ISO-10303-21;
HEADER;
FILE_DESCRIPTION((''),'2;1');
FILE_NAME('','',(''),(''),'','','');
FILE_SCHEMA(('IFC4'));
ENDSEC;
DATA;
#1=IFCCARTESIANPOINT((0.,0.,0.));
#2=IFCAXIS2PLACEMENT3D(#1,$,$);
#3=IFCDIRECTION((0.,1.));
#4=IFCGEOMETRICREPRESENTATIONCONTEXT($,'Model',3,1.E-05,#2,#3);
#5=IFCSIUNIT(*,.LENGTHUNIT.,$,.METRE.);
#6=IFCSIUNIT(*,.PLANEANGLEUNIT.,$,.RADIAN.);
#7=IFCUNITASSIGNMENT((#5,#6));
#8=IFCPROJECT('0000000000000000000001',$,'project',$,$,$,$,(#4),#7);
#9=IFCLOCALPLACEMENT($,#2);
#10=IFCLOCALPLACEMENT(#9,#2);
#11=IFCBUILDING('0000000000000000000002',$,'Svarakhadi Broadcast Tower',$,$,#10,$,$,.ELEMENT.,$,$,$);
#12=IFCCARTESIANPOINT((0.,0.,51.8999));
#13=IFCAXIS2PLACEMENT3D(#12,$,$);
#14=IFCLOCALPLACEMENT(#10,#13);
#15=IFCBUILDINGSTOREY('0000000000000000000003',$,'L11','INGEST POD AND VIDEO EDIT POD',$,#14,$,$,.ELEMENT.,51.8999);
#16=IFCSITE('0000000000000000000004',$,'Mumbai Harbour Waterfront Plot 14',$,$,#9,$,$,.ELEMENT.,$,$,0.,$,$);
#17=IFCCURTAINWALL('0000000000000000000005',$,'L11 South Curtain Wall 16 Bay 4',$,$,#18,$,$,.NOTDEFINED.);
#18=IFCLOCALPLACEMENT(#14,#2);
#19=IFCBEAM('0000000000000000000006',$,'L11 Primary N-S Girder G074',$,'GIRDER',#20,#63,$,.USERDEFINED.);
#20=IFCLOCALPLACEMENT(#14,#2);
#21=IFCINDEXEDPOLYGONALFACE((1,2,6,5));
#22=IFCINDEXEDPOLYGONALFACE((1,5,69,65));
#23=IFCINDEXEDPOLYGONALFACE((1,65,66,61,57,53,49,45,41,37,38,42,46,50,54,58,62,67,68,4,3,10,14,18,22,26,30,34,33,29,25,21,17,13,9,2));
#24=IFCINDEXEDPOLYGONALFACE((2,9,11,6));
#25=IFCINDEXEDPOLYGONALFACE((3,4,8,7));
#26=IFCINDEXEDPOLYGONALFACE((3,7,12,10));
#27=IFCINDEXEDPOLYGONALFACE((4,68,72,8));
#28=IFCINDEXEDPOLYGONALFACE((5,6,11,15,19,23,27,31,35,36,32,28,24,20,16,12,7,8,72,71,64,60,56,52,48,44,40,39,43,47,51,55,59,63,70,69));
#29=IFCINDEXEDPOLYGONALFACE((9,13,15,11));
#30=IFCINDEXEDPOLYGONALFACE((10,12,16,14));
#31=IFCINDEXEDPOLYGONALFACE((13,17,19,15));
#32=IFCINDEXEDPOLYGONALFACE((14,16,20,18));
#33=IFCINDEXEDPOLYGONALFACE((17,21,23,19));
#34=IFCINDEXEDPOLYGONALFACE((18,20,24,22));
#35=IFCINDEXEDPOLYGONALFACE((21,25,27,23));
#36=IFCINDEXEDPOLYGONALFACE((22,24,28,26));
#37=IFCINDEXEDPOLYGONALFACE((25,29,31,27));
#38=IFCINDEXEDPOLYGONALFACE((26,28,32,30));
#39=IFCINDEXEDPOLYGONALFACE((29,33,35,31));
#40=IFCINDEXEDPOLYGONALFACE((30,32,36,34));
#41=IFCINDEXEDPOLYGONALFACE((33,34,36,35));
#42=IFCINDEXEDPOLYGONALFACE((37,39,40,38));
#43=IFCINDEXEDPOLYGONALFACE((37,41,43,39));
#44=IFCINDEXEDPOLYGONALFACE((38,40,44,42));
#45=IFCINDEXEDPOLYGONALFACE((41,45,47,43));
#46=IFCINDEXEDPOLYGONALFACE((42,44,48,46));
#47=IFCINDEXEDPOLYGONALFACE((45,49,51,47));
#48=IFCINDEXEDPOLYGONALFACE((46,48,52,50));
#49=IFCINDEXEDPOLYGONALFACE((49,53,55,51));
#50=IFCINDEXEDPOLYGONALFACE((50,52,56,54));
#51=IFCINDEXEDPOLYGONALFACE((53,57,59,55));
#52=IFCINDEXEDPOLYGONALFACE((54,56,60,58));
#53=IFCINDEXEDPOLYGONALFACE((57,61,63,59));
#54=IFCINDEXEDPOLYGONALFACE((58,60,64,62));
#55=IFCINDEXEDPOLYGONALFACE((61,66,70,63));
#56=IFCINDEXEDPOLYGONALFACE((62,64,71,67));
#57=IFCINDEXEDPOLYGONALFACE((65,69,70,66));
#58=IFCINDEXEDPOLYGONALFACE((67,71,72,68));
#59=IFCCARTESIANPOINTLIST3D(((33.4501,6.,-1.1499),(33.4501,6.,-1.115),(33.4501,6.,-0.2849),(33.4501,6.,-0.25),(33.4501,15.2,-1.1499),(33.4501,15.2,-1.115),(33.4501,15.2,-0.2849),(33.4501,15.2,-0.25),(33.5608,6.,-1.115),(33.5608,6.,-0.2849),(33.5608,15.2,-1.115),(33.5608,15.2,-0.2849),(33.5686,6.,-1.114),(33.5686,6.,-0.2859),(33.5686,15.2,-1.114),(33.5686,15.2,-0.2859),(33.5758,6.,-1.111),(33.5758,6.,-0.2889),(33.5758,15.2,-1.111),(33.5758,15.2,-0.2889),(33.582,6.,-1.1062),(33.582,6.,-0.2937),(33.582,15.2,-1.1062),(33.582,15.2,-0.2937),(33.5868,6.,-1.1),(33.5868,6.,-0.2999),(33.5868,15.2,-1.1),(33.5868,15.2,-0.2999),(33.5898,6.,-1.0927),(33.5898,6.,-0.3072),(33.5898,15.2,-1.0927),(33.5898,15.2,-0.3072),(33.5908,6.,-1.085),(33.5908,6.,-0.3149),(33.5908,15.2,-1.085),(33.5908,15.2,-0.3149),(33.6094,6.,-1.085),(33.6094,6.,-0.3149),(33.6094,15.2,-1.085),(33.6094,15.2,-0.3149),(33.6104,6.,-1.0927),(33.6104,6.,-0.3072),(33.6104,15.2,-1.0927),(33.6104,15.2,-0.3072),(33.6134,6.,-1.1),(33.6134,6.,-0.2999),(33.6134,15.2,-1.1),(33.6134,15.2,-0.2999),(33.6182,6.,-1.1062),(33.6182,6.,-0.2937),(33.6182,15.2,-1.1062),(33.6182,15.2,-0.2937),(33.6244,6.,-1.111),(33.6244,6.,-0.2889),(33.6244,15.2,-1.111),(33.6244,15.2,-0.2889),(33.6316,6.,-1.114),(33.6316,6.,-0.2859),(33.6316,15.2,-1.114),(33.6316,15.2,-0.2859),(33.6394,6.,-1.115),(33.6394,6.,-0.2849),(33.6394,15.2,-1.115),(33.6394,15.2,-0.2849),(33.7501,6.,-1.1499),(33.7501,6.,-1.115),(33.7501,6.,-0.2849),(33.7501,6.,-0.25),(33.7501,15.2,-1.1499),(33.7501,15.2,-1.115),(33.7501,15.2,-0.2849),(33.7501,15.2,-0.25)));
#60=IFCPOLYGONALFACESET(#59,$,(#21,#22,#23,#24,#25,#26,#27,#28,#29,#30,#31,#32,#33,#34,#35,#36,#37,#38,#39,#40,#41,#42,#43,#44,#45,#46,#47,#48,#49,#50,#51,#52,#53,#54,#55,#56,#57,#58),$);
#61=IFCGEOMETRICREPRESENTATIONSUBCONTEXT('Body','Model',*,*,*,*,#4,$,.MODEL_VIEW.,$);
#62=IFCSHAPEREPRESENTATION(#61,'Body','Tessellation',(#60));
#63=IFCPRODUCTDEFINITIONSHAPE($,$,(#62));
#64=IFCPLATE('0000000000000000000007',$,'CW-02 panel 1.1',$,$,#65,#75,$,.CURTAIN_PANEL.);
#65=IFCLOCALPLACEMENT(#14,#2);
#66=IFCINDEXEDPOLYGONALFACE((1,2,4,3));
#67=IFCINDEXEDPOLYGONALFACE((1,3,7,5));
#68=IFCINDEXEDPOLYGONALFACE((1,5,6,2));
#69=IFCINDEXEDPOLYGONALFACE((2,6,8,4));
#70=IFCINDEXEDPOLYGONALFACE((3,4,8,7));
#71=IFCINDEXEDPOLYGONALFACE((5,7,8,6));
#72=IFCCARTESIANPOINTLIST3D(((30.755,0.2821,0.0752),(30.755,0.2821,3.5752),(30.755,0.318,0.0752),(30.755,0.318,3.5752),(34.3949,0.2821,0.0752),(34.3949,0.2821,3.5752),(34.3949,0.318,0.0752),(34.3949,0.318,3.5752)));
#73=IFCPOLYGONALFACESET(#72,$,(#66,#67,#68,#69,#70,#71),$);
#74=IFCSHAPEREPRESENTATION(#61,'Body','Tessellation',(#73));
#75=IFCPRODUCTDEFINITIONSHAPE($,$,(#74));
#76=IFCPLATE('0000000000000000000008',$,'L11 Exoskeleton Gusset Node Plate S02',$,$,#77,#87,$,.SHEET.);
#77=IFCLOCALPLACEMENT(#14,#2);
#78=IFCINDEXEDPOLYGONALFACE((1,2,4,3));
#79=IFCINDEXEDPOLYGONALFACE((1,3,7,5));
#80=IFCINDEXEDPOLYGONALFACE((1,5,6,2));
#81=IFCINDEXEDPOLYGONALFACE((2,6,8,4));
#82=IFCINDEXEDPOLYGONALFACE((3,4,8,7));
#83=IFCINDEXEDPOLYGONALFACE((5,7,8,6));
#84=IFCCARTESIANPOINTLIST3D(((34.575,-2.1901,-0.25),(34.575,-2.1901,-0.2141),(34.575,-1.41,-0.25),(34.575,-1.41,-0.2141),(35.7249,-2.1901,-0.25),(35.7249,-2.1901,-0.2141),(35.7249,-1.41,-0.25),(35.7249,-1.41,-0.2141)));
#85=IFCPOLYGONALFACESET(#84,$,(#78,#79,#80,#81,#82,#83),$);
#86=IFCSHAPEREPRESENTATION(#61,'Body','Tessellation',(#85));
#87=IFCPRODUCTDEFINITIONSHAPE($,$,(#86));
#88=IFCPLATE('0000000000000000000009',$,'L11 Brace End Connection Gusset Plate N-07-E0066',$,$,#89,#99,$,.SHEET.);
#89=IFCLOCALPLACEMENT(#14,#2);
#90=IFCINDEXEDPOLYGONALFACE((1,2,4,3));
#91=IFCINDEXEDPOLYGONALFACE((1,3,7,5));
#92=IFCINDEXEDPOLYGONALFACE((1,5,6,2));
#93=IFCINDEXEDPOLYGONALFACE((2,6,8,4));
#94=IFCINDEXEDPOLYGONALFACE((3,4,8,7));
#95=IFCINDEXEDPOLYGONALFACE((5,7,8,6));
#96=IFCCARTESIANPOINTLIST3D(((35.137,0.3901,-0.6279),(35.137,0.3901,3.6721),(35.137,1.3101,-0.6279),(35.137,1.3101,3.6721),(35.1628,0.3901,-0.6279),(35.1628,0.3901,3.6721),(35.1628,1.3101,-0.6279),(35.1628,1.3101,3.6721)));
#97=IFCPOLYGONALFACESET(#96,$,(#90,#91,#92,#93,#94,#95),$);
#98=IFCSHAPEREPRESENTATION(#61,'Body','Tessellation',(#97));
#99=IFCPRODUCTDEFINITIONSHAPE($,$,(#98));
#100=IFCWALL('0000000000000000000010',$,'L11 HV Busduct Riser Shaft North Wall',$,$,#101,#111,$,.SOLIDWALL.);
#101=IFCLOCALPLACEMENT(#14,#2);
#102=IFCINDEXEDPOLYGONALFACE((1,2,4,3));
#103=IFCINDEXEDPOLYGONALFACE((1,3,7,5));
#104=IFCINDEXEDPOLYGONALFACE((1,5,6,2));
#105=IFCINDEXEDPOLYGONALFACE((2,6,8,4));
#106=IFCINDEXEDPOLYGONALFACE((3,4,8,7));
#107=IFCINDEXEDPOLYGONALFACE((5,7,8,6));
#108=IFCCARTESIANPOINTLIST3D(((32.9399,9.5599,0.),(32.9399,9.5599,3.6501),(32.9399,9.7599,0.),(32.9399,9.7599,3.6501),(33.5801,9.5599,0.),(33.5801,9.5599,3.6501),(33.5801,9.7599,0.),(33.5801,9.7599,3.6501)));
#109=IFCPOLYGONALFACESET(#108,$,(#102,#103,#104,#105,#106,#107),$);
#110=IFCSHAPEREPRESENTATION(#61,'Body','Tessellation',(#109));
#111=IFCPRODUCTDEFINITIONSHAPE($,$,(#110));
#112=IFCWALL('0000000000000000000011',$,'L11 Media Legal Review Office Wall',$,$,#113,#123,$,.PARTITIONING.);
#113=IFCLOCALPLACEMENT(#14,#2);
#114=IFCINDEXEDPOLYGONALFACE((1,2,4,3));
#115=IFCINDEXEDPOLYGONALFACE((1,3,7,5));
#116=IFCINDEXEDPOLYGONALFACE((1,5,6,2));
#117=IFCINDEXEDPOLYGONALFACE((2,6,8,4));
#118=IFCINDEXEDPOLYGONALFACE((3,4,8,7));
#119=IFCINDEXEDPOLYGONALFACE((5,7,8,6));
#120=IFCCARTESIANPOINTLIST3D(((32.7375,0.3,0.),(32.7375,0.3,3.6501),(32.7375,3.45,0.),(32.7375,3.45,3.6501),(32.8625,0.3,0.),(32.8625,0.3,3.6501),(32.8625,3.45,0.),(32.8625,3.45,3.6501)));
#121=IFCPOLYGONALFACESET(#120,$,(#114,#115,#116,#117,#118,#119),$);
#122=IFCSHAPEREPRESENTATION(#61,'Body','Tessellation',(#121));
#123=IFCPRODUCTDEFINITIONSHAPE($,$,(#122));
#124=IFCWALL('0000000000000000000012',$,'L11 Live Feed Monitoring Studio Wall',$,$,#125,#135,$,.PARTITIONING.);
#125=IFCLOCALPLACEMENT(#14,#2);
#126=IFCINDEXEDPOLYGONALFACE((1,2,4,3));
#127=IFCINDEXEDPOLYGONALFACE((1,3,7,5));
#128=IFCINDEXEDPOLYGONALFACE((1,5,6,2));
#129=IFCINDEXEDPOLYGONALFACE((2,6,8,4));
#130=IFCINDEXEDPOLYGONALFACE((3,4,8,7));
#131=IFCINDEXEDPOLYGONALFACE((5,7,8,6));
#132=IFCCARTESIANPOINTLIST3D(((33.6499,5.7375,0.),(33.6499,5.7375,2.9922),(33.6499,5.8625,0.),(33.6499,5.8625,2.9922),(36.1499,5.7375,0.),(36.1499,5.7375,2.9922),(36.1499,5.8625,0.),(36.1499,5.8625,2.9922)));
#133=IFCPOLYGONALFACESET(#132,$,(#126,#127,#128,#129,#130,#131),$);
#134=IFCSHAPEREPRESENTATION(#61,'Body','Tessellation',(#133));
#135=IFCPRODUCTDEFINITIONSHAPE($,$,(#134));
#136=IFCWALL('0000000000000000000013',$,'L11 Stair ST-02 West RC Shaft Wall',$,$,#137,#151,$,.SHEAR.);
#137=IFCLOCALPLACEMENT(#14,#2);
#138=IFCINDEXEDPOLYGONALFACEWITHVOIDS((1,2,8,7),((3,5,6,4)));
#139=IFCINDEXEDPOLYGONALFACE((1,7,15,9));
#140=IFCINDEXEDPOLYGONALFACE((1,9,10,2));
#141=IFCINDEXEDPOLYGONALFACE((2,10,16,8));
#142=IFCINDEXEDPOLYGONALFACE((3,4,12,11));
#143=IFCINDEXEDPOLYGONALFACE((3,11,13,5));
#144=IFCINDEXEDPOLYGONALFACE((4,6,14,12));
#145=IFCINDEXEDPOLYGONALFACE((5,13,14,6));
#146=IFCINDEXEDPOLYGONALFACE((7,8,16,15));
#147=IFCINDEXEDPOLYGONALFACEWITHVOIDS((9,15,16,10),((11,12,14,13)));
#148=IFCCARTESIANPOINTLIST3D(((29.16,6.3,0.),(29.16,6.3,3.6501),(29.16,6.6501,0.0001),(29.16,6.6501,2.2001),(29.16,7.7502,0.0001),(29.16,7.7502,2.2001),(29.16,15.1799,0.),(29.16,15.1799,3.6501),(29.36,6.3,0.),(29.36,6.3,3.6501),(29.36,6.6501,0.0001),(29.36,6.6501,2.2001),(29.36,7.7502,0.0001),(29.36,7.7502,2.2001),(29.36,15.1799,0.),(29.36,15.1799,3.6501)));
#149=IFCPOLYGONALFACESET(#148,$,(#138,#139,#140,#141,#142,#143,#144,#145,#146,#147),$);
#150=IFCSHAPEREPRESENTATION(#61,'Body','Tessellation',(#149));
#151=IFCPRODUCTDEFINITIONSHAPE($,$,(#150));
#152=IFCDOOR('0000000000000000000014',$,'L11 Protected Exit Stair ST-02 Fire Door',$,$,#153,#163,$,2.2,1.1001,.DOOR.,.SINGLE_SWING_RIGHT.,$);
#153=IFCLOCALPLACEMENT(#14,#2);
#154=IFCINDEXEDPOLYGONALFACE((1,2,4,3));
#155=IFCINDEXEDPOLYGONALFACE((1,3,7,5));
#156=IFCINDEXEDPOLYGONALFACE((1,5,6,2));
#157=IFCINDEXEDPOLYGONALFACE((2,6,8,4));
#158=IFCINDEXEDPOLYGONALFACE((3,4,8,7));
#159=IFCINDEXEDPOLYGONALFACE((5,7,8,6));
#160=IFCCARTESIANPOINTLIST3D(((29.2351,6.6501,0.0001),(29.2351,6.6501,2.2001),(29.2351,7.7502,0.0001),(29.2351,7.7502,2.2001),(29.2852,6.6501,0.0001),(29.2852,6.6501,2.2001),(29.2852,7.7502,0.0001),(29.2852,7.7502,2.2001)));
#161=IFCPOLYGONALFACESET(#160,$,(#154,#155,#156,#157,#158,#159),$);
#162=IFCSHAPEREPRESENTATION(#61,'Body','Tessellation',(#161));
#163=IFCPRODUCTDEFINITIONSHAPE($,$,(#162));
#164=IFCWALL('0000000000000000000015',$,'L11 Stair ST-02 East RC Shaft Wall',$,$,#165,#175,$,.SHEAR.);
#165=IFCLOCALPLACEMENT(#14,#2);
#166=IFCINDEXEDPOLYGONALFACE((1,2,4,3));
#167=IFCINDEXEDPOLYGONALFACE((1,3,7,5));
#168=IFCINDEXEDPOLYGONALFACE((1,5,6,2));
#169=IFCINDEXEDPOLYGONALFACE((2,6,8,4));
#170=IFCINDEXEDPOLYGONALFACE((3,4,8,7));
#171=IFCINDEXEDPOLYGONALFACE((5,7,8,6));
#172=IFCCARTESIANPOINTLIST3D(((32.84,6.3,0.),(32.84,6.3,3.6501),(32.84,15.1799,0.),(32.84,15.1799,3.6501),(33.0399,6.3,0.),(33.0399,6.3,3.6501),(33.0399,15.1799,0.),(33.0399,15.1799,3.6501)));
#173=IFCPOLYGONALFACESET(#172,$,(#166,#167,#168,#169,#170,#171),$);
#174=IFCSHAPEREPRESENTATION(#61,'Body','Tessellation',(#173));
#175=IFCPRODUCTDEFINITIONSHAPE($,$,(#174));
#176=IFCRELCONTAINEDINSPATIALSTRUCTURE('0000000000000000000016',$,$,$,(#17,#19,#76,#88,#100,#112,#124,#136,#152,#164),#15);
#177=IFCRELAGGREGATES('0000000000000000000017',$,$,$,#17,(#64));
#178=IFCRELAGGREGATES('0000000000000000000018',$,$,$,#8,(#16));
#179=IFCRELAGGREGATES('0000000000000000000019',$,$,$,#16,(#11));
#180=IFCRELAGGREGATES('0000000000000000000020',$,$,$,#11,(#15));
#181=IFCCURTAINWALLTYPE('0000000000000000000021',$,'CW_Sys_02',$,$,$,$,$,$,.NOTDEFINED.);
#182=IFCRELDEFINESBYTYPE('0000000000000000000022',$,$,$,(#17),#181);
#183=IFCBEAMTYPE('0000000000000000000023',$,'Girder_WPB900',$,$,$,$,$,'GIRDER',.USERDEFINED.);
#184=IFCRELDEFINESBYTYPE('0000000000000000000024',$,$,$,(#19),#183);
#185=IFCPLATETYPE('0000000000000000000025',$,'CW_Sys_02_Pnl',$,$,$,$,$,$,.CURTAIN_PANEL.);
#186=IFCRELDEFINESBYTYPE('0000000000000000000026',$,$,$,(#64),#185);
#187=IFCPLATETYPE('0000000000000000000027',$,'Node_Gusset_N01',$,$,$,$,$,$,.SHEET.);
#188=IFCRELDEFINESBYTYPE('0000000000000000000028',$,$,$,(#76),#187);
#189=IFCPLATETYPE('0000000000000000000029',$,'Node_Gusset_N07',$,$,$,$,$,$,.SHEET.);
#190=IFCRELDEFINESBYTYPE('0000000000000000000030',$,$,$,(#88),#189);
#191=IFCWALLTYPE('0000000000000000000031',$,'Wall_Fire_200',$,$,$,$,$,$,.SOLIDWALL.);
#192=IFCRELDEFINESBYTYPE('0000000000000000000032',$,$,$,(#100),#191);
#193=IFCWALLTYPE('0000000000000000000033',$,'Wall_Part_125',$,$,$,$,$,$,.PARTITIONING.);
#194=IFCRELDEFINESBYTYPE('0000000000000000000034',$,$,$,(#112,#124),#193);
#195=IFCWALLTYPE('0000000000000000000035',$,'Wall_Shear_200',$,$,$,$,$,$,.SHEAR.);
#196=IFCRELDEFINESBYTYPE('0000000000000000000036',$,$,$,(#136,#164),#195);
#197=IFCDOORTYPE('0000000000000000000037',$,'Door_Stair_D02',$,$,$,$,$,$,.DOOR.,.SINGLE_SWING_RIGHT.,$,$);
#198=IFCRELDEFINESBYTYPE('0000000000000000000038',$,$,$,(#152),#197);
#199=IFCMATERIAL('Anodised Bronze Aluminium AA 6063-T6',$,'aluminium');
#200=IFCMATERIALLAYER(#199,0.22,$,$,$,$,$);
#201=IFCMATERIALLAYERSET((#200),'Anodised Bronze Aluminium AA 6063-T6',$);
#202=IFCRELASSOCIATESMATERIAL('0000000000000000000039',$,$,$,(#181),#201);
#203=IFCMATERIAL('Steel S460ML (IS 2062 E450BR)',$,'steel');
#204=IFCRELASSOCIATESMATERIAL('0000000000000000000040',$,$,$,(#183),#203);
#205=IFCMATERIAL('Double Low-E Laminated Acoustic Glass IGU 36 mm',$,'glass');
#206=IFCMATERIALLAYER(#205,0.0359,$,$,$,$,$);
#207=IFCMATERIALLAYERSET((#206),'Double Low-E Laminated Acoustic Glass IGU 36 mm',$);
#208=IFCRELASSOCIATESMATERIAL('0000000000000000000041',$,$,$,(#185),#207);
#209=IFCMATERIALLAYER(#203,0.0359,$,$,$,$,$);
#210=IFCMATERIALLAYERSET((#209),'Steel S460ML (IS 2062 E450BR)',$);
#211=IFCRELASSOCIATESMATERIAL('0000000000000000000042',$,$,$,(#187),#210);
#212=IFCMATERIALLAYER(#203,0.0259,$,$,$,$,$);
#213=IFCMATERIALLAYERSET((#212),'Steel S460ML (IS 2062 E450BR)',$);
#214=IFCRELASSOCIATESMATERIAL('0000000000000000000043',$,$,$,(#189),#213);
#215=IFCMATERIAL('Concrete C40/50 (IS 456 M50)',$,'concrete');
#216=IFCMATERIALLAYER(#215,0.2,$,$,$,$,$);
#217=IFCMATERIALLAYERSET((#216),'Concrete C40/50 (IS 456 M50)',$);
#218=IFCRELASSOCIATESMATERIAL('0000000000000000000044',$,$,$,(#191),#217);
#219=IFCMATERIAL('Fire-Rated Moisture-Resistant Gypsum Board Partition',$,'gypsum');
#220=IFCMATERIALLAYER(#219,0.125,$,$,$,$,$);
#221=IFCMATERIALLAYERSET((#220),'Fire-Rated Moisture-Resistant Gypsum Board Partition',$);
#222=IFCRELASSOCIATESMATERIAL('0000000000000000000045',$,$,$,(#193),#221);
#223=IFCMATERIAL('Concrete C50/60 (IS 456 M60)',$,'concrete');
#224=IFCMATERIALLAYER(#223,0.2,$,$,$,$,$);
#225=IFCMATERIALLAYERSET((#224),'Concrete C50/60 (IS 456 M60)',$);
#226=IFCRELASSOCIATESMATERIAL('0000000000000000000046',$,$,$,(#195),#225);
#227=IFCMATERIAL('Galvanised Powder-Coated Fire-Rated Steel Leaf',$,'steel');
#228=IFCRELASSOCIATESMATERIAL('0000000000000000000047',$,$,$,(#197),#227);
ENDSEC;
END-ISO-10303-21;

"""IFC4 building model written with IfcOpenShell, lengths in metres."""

from ifc_helpers import new_model, si_unit, direction, frame, frame_2d, origin, origin_2d, place, context, subcontext, project, spatial, rectangle, i_section, extrude, material, layer, layer_set, material_profile, profile_set, type_object, element, fill, aggregate, save


model = new_model("IFC4")

# Units and contexts
model_context = context("Model", 3, precision=1e-05, world=origin(), true_north=direction((0.0, 1.0)))
body_context = subcontext(model_context, "Body", "Model", "MODEL_VIEW")
ifc_project = project(units=[si_unit("LENGTHUNIT", "METRE"), si_unit("PLANEANGLEUNIT", "RADIAN")], contexts=[model_context])

# Site, building, storey
site_placement = place(None, origin())
site = spatial("IfcSite", under=ifc_project, at=site_placement, Name="Mumbai Harbour Waterfront Plot 14", CompositionType="ELEMENT", RefElevation=0.0)
building_placement = place(site_placement, origin())
building = spatial("IfcBuilding", under=site, at=building_placement, Name="Svarakhadi Broadcast Tower", CompositionType="ELEMENT")
storey_placement = place(building_placement, frame((0.0, 0.0, 51.8999)))
storey = spatial("IfcBuildingStorey", under=building, at=storey_placement, Name="L11", Description="INGEST POD AND VIDEO EDIT POD", CompositionType="ELEMENT", Elevation=51.8999)

# Shared definitions
ifc_material_1 = material(Name="Steel S460ML (IS 2062 E450BR)", Category="steel")

# Curtain wall
ifc_material_2 = material(Name="Anodised Bronze Aluminium AA 6063-T6", Category="aluminium")
ifc_layer_1 = layer(ifc_material_2, 0.22)
ifc_layer_set_1 = layer_set([ifc_layer_1], Name="Anodised Bronze Aluminium AA 6063-T6")
curtain_wall_type = type_object("IfcCurtainWallType", Name="CW_Sys_02", PredefinedType="NOTDEFINED", material=ifc_layer_set_1)
curtain_wall_1_placement = place(storey_placement, origin())
curtain_wall_1 = element("IfcCurtainWall", 1, at=curtain_wall_1_placement, inside=storey, type_object=curtain_wall_type, Name="L11 South Curtain Wall 16 Bay 4", PredefinedType="NOTDEFINED")

# Shared definitions
ifc_material_3 = material(Name="Concrete C50/60 (IS 456 M60)", Category="concrete")

# Beam
ifc_material_profile_1 = material_profile(ifc_material_1, i_section(OverallWidth=0.3, OverallDepth=0.8999, WebThickness=0.0186, FlangeThickness=0.0349, FilletRadius=0.03, at=origin_2d()), Name="WPB 900x300x291")
ifc_profile_set_1 = profile_set([ifc_material_profile_1], Name="Steel S460ML (IS 2062 E450BR)")
beam_type_1 = type_object("IfcBeamType", Name="Girder_WPB900", ElementType="GIRDER", PredefinedType="USERDEFINED", material=ifc_profile_set_1)
beam_1_placement = place(storey_placement, frame((33.6001, 6.0, -0.7), z_axis=(0.0, 1.0, 0.0), x_axis=(-1.0, 0.0, 0.0)))
element("IfcBeam", 2, at=beam_1_placement, inside=storey, type_object=beam_type_1, Name="L11 Primary N-S Girder G074", ObjectType="GIRDER", PredefinedType="USERDEFINED", context=body_context, shape_type="SweptSolid", body=[
    extrude(i_section(OverallWidth=0.3, OverallDepth=0.8999, WebThickness=0.0186, FlangeThickness=0.0349, FilletRadius=0.03, at=origin_2d()), origin(), (0.0, 0.0, 1.0), 9.2),
])

# Plate
ifc_material_4 = material(Name="Double Low-E Laminated Acoustic Glass IGU 36 mm", Category="glass")
ifc_layer_2 = layer(ifc_material_4, 0.0359)
ifc_layer_set_2 = layer_set([ifc_layer_2], Name="Double Low-E Laminated Acoustic Glass IGU 36 mm")
plate_type_1 = type_object("IfcPlateType", Name="CW_Sys_02_Pnl", PredefinedType="CURTAIN_PANEL", material=ifc_layer_set_2)
plate_1_placement = place(storey_placement, frame((32.575, 0.3, 0.0752), z_axis=(0.0, 0.0, 1.0), x_axis=(-1.0, 0.0, 0.0)))
plate_1 = element("IfcPlate", 3, at=plate_1_placement, type_object=plate_type_1, Name="CW-02 panel 1.1", PredefinedType="CURTAIN_PANEL", context=body_context, shape_type="SweptSolid", body=[
    extrude(rectangle(XDim=3.6399, YDim=0.0359, at=origin_2d()), origin(), (0.0, 0.0, 1.0), 3.5),
])
aggregate(curtain_wall_1, [plate_1])

# Plates
ifc_layer_3 = layer(ifc_material_1, 0.0359)
ifc_layer_set_3 = layer_set([ifc_layer_3], Name="Steel S460ML (IS 2062 E450BR)")
plate_type_2 = type_object("IfcPlateType", Name="Node_Gusset_N01", PredefinedType="SHEET", material=ifc_layer_set_3)
plate_2_placement = place(storey_placement, frame((35.1499, -1.8, -0.25), z_axis=(0.0, 0.0, 1.0), x_axis=(1.0, 0.0, 0.0)))
element("IfcPlate", 4, at=plate_2_placement, inside=storey, type_object=plate_type_2, Name="L11 Exoskeleton Gusset Node Plate S02", PredefinedType="SHEET", context=body_context, shape_type="SweptSolid", body=[
    extrude(rectangle(XDim=1.1499, YDim=0.78, at=origin_2d()), origin(), (0.0, 0.0, 1.0), 0.0359),
])
ifc_layer_4 = layer(ifc_material_1, 0.0259)
ifc_layer_set_4 = layer_set([ifc_layer_4], Name="Steel S460ML (IS 2062 E450BR)")
plate_type_3 = type_object("IfcPlateType", Name="Node_Gusset_N07", PredefinedType="SHEET", material=ifc_layer_set_4)
plate_3_placement = place(storey_placement, frame((35.1499, 0.8501, -0.6279), z_axis=(0.0, 0.0, 1.0), x_axis=(0.0, 1.0, 0.0)))
element("IfcPlate", 5, at=plate_3_placement, inside=storey, type_object=plate_type_3, Name="L11 Brace End Connection Gusset Plate N-07-E0066", PredefinedType="SHEET", context=body_context, shape_type="SweptSolid", body=[
    extrude(rectangle(XDim=0.9199, YDim=0.0259, at=origin_2d()), origin(), (0.0, 0.0, 1.0), 4.3),
])

# Walls
ifc_material_5 = material(Name="Concrete C40/50 (IS 456 M50)", Category="concrete")
ifc_layer_5 = layer(ifc_material_5, 0.2)
ifc_layer_set_5 = layer_set([ifc_layer_5], Name="Concrete C40/50 (IS 456 M50)")
wall_type_1 = type_object("IfcWallType", Name="Wall_Fire_200", PredefinedType="SOLIDWALL", material=ifc_layer_set_5)
wall_1_placement = place(storey_placement, frame((32.9399, 9.6599, 0.0), z_axis=(0.0, 0.0, 1.0), x_axis=(1.0, 0.0, 0.0)))
element("IfcWall", 6, at=wall_1_placement, inside=storey, type_object=wall_type_1, Name="L11 HV Busduct Riser Shaft North Wall", PredefinedType="SOLIDWALL", context=body_context, shape_type="SweptSolid", body=[
    extrude(rectangle(XDim=0.6401, YDim=0.2, at=frame_2d((0.3201, 0.0))), origin(), (0.0, 0.0, 1.0), 3.6501),
])
ifc_material_6 = material(Name="Fire-Rated Moisture-Resistant Gypsum Board Partition", Category="gypsum")
ifc_layer_6 = layer(ifc_material_6, 0.125)
ifc_layer_set_6 = layer_set([ifc_layer_6], Name="Fire-Rated Moisture-Resistant Gypsum Board Partition")
wall_type_2 = type_object("IfcWallType", Name="Wall_Part_125", PredefinedType="PARTITIONING", material=ifc_layer_set_6)
wall_2_placement = place(storey_placement, frame((32.8, 0.3, 0.0), z_axis=(0.0, 0.0, 1.0), x_axis=(0.0, 1.0, 0.0)))
element("IfcWall", 7, at=wall_2_placement, inside=storey, type_object=wall_type_2, Name="L11 Media Legal Review Office Wall", PredefinedType="PARTITIONING", context=body_context, shape_type="SweptSolid", body=[
    extrude(rectangle(XDim=3.1499, YDim=0.125, at=frame_2d((1.575, 0.0))), origin(), (0.0, 0.0, 1.0), 3.6501),
])
wall_3_placement = place(storey_placement, frame((33.6499, 5.8, 0.0), z_axis=(0.0, 0.0, 1.0), x_axis=(1.0, 0.0, 0.0)))
element("IfcWall", 8, at=wall_3_placement, inside=storey, type_object=wall_type_2, Name="L11 Live Feed Monitoring Studio Wall", PredefinedType="PARTITIONING", context=body_context, shape_type="SweptSolid", body=[
    extrude(rectangle(XDim=2.5, YDim=0.125, at=frame_2d((1.25, 0.0))), origin(), (0.0, 0.0, 1.0), 2.9922),
])

# Wall, opening, door
ifc_layer_7 = layer(ifc_material_3, 0.2)
ifc_layer_set_7 = layer_set([ifc_layer_7], Name="Concrete C50/60 (IS 456 M60)")
wall_type_3 = type_object("IfcWallType", Name="Wall_Shear_200", PredefinedType="SHEAR", material=ifc_layer_set_7)
wall_4_placement = place(storey_placement, frame((29.26, 6.3, 0.0), z_axis=(0.0, 0.0, 1.0), x_axis=(0.0, 1.0, 0.0)))
wall_4 = element("IfcWall", 9, at=wall_4_placement, inside=storey, type_object=wall_type_3, Name="L11 Stair ST-02 West RC Shaft Wall", PredefinedType="SHEAR", context=body_context, shape_type="SweptSolid", body=[
    extrude(rectangle(XDim=8.8799, YDim=0.2, at=frame_2d((4.4399, 0.0))), origin(), (0.0, 0.0, 1.0), 3.6501),
])
opening_1_placement = place(wall_4_placement, frame((0.3501, 0.0, 0.0)))
opening_1 = element("IfcOpeningElement", 10, at=opening_1_placement, cuts=wall_4, PredefinedType="OPENING", context=body_context, shape_type="SweptSolid", body=[
    extrude(rectangle(XDim=1.1001, YDim=2.2, at=frame_2d((0.55, 1.1001))), frame((0.0, 0.1099, 0.0), z_axis=(0.0, -1.0, 0.0), x_axis=(1.0, 0.0, 0.0)), (0.0, 0.0, 1.0), 0.22),
])
ifc_material_7 = material(Name="Galvanised Powder-Coated Fire-Rated Steel Leaf", Category="steel")
door_type_1 = type_object("IfcDoorType", Name="Door_Stair_D02", OperationType="SINGLE_SWING_RIGHT", PredefinedType="DOOR", material=ifc_material_7)
door_1_placement = place(opening_1_placement, origin())
door_1 = element("IfcDoor", 11, at=door_1_placement, inside=storey, type_object=door_type_1, Name="L11 Protected Exit Stair ST-02 Fire Door", OperationType="SINGLE_SWING_RIGHT", OverallHeight=2.2, OverallWidth=1.1001, PredefinedType="DOOR", context=body_context, shape_type="SweptSolid", body=[
    extrude(rectangle(XDim=1.1001, YDim=2.2, at=frame_2d((0.55, 1.1001))), frame((0.0, 0.0249, 0.0), z_axis=(0.0, -1.0, 0.0), x_axis=(1.0, 0.0, 0.0)), (0.0, 0.0, 1.0), 0.05),
])
fill(opening_1, door_1)

# Wall
wall_5_placement = place(storey_placement, frame((32.9399, 6.3, 0.0), z_axis=(0.0, 0.0, 1.0), x_axis=(0.0, 1.0, 0.0)))
element("IfcWall", 12, at=wall_5_placement, inside=storey, type_object=wall_type_3, Name="L11 Stair ST-02 East RC Shaft Wall", PredefinedType="SHEAR", context=body_context, shape_type="SweptSolid", body=[
    extrude(rectangle(XDim=8.8799, YDim=0.2, at=frame_2d((4.4399, 0.0))), origin(), (0.0, 0.0, 1.0), 3.6501),
])

save(model, "model.ifc")
